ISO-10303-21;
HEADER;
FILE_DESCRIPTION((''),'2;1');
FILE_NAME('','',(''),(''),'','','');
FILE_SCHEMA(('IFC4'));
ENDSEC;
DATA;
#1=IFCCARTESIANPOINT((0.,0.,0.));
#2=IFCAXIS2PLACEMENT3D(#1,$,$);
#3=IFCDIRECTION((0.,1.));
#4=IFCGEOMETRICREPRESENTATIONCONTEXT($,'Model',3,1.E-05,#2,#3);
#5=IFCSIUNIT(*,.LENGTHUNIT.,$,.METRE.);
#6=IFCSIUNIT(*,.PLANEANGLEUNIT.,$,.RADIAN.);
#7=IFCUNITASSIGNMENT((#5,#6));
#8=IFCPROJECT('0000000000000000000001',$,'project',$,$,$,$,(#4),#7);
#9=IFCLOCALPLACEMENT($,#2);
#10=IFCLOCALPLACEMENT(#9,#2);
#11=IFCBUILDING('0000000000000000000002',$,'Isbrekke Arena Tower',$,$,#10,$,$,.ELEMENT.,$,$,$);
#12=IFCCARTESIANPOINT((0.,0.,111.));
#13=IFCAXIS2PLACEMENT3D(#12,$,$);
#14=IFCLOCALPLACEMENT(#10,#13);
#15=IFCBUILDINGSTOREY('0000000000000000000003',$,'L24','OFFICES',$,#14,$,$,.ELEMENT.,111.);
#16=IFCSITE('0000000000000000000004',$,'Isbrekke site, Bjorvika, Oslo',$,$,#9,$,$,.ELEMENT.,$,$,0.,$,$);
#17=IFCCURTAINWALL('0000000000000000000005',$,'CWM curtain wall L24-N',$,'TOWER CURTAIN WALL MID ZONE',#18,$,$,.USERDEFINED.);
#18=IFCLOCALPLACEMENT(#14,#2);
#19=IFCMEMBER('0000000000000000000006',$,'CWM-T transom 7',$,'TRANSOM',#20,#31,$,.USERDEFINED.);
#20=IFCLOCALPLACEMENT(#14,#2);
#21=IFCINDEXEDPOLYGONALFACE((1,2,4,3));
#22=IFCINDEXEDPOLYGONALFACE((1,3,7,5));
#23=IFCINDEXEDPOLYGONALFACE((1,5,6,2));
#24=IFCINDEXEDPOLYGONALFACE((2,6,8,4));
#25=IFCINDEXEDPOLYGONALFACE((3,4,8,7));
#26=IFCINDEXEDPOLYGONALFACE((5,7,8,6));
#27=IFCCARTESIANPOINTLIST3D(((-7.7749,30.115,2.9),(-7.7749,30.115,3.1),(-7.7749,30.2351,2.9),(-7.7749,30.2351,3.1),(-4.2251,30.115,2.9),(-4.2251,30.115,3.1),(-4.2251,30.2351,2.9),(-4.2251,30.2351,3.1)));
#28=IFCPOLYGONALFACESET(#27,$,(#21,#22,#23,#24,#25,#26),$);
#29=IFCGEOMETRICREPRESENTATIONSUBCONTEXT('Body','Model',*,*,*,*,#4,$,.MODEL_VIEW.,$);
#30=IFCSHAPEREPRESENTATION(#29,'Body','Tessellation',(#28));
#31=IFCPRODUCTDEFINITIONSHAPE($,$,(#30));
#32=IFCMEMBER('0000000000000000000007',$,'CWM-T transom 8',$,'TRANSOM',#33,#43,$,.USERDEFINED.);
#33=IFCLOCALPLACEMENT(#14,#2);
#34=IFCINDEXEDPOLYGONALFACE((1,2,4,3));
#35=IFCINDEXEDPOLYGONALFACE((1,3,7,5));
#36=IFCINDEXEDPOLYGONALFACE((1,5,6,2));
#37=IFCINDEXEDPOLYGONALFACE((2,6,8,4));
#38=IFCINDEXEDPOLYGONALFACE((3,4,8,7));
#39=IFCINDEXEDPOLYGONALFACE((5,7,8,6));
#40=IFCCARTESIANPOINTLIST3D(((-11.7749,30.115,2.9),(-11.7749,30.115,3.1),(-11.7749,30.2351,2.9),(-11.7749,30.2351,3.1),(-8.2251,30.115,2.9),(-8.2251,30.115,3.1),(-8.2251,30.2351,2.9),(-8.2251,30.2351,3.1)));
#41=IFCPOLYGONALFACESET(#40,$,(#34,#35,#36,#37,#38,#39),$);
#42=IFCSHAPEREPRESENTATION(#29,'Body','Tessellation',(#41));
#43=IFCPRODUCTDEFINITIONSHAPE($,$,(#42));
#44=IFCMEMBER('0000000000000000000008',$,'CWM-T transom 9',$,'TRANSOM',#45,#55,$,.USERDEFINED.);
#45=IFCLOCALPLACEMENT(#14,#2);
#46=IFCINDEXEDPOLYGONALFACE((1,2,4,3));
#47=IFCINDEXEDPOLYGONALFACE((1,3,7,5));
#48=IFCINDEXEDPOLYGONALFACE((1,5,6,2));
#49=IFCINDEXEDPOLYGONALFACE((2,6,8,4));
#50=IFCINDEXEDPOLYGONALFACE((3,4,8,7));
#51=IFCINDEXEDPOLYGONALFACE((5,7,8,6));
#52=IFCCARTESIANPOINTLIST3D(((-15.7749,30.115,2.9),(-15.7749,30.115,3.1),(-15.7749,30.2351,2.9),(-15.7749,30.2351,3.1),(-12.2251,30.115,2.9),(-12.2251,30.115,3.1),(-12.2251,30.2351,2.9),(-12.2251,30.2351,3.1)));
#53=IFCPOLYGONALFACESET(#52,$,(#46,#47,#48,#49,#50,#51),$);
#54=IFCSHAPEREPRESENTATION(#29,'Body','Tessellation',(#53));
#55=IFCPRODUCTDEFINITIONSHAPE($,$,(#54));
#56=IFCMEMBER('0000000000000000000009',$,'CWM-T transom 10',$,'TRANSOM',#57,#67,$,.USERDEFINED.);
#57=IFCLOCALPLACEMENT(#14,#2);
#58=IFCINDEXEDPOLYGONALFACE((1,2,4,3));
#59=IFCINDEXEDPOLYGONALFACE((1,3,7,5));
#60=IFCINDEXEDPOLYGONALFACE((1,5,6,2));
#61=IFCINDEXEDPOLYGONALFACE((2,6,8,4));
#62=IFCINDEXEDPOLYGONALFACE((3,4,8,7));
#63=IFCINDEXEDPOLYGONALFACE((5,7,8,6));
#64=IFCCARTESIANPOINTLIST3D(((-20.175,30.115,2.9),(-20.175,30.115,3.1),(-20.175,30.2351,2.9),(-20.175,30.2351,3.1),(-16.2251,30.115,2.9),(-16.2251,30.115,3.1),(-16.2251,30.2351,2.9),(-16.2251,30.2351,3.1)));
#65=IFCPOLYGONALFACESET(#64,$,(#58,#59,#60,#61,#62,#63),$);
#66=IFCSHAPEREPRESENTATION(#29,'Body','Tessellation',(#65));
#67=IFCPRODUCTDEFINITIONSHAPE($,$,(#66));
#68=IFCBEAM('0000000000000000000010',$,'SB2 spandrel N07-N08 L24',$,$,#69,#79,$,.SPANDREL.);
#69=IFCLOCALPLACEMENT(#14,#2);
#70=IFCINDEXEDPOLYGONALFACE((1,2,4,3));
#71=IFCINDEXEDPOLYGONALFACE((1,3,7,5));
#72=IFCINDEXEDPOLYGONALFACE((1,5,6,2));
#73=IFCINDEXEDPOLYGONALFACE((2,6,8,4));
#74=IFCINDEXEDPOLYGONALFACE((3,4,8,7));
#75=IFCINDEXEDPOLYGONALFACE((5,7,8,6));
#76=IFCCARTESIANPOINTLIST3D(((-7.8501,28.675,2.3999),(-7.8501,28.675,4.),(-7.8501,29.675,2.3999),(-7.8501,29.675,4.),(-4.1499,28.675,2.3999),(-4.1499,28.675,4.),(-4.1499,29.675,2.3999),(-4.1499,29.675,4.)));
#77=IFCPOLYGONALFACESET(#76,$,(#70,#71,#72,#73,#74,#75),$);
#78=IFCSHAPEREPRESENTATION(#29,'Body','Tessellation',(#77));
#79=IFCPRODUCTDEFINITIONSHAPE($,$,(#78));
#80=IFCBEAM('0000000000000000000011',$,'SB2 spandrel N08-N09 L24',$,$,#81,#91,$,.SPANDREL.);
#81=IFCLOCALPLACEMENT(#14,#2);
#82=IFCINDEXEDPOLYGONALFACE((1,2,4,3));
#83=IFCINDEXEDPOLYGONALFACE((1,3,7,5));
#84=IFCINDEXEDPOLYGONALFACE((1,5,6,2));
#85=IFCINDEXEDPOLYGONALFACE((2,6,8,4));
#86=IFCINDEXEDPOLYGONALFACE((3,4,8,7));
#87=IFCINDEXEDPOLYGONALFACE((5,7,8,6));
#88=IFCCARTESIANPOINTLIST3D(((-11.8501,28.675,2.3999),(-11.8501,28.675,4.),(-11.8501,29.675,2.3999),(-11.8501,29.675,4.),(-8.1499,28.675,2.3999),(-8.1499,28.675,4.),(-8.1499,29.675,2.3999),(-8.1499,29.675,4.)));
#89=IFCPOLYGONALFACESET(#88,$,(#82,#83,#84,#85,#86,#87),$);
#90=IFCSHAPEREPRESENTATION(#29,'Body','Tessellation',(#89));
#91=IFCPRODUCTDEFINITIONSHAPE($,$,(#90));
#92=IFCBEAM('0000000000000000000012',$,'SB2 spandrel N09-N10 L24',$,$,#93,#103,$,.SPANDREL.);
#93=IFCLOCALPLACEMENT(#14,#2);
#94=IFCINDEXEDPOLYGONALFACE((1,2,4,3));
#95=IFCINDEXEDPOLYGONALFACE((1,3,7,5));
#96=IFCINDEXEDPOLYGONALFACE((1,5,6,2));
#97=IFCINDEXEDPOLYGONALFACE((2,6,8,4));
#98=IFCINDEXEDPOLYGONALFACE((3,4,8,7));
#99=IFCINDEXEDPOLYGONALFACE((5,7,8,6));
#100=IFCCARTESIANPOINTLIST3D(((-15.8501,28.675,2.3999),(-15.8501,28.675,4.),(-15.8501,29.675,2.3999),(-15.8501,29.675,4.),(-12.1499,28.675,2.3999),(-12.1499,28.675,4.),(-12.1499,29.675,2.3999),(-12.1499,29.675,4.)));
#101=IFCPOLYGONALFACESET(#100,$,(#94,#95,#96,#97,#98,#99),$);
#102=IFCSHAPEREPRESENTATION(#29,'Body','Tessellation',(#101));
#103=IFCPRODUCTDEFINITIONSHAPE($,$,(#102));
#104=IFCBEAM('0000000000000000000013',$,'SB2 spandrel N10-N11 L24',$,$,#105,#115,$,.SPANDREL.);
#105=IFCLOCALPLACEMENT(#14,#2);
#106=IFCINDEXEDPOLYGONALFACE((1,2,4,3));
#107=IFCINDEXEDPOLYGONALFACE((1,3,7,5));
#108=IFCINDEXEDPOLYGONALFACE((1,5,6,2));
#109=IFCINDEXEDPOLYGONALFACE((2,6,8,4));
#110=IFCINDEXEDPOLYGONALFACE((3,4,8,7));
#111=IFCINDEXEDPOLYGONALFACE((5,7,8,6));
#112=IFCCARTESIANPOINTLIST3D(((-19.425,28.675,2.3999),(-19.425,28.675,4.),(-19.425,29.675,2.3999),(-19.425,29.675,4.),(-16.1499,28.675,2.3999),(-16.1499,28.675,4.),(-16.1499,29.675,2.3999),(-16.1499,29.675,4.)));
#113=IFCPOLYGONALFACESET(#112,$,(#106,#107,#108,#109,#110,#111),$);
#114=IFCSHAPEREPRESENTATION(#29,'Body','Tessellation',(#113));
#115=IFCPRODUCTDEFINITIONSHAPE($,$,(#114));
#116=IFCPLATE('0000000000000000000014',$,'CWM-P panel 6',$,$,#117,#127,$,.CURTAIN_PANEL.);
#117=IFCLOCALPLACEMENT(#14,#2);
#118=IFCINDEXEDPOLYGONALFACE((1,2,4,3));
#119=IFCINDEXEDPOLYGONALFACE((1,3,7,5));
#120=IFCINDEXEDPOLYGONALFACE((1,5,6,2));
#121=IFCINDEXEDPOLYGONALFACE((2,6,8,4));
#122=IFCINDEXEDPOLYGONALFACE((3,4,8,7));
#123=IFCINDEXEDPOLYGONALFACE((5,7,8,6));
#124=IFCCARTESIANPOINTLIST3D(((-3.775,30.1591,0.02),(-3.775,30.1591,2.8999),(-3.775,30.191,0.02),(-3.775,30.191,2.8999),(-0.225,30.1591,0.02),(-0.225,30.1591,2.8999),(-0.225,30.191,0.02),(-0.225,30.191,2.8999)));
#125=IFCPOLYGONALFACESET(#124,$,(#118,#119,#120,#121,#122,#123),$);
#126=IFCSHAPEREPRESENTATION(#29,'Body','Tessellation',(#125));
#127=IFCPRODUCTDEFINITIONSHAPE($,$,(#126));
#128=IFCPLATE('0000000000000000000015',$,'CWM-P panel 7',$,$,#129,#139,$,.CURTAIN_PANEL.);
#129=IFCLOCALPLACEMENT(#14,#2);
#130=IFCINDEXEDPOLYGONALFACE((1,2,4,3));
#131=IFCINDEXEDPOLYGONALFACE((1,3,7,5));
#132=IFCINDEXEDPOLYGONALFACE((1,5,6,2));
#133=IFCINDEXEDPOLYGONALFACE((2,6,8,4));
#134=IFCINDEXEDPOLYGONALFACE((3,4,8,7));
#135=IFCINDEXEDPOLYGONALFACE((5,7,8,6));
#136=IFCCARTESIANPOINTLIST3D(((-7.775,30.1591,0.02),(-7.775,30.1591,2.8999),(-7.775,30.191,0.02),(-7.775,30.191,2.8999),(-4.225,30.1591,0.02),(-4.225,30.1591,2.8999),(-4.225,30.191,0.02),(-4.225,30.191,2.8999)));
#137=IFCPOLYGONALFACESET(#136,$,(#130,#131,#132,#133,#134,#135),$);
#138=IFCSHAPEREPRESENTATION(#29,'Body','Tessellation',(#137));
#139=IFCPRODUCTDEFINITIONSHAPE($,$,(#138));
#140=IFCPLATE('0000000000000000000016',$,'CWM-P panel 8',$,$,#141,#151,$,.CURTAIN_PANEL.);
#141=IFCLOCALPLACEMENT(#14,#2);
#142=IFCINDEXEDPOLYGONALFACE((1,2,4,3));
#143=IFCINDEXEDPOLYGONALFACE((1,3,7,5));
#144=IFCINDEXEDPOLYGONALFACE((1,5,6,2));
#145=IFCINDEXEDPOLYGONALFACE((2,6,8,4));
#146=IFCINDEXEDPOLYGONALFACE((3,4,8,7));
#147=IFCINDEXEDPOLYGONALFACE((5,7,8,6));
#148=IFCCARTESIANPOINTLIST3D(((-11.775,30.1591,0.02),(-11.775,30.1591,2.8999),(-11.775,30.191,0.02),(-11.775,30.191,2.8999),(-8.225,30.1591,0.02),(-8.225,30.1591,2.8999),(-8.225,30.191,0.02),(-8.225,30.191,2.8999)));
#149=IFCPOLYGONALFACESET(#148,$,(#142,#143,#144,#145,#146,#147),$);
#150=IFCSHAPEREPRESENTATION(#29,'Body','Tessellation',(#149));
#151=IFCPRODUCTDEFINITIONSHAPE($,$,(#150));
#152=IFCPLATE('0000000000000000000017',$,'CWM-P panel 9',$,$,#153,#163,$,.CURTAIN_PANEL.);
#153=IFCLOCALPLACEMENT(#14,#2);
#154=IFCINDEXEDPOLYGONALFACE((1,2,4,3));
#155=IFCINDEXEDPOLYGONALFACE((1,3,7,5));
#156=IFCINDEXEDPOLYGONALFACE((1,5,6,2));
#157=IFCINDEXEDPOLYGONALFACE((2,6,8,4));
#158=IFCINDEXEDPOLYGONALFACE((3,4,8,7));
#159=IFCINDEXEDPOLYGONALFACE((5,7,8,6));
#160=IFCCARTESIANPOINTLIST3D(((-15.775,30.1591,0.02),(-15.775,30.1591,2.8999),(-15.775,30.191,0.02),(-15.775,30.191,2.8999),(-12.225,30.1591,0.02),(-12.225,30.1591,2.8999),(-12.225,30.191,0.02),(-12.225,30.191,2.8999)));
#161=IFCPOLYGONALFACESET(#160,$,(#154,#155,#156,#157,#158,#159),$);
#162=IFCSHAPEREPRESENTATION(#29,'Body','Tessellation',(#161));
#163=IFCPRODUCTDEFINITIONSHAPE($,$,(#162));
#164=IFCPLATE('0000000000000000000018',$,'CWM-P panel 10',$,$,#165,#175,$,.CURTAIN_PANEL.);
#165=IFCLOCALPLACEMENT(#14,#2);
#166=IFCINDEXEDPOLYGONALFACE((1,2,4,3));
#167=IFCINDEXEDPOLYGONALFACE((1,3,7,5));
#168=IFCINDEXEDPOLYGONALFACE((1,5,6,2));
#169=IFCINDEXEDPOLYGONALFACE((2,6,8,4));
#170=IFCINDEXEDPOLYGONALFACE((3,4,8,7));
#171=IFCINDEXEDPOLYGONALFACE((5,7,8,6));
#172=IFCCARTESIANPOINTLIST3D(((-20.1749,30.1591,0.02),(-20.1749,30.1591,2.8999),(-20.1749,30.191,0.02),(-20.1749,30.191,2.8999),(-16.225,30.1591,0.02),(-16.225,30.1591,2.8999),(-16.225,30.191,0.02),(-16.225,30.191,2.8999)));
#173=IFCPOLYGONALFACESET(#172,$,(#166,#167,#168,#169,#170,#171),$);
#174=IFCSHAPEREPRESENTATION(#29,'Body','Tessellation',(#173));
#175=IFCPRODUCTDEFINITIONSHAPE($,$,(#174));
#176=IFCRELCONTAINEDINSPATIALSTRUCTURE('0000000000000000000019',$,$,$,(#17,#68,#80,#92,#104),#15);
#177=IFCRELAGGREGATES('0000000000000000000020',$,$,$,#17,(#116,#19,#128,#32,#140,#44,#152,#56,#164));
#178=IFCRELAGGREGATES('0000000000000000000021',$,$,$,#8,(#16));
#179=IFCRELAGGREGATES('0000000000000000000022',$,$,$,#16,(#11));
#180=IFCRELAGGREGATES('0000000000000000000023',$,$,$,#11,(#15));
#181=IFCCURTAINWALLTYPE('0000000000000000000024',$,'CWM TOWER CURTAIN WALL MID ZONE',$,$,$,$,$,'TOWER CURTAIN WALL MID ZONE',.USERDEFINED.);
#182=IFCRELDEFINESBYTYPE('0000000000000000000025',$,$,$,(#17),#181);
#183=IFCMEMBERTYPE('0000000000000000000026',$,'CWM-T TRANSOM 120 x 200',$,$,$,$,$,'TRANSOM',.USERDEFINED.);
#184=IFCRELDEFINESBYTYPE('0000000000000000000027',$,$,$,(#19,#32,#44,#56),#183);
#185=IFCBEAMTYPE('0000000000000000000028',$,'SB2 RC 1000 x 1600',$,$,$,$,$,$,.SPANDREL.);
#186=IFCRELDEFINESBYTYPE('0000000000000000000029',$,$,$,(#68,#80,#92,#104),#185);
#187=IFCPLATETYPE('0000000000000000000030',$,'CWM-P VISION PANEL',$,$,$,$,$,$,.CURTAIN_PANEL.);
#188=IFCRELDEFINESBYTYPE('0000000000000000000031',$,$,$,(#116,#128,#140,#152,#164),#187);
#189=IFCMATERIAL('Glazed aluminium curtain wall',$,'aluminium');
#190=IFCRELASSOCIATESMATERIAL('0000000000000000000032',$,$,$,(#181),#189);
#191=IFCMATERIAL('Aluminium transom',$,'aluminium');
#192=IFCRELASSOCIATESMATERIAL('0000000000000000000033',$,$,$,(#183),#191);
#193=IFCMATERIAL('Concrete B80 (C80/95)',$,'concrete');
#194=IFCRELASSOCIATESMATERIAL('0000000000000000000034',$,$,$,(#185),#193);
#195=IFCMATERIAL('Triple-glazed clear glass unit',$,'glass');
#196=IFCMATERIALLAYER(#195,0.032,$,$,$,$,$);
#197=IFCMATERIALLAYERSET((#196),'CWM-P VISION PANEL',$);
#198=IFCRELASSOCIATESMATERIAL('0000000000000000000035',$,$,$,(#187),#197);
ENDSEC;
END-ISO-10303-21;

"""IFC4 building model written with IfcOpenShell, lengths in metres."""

from ifc_helpers import new_model, si_unit, direction, frame, origin, origin_2d, place, context, subcontext, project, spatial, rectangle, extrude, material, layer, layer_set, material_profile, profile_set, type_object, element, aggregate, save


model = new_model("IFC4")

# Units and contexts
model_context = context("Model", 3, precision=1e-05, world=origin(), true_north=direction((0.0, 1.0)))
body_context = subcontext(model_context, "Body", "Model", "MODEL_VIEW")
ifc_project = project(units=[si_unit("LENGTHUNIT", "METRE"), si_unit("PLANEANGLEUNIT", "RADIAN")], contexts=[model_context])

# Site, building, storey
site_placement = place(None, origin())
site = spatial("IfcSite", under=ifc_project, at=site_placement, Name="Isbrekke site, Bjorvika, Oslo", CompositionType="ELEMENT", RefElevation=0.0)
building_placement = place(site_placement, origin())
building = spatial("IfcBuilding", under=site, at=building_placement, Name="Isbrekke Arena Tower", CompositionType="ELEMENT")
storey_placement = place(building_placement, frame((0.0, 0.0, 111.0)))
storey = spatial("IfcBuildingStorey", under=building, at=storey_placement, Name="L24", Description="OFFICES", CompositionType="ELEMENT", Elevation=111.0)

# Curtain wall, members
ifc_material_1 = material(Name="Glazed aluminium curtain wall", Category="aluminium")
curtain_wall_type = type_object("IfcCurtainWallType", Name="CWM TOWER CURTAIN WALL MID ZONE", ElementType="TOWER CURTAIN WALL MID ZONE", PredefinedType="USERDEFINED", material=ifc_material_1)
curtain_wall_placement = place(storey_placement, origin())
curtain_wall = element("IfcCurtainWall", 1, at=curtain_wall_placement, inside=storey, type_object=curtain_wall_type, Name="CWM curtain wall L24-N", ObjectType="TOWER CURTAIN WALL MID ZONE", PredefinedType="USERDEFINED")
ifc_material_2 = material(Name="Aluminium transom", Category="aluminium")
ifc_material_profile_1 = material_profile(ifc_material_2, rectangle(XDim=0.1201, YDim=0.2, at=origin_2d()), Name="TRANSOM 120X200")
ifc_profile_set_1 = profile_set([ifc_material_profile_1], Name="Aluminium transom")
member_type_1 = type_object("IfcMemberType", Name="CWM-T TRANSOM 120 x 200", ElementType="TRANSOM", PredefinedType="USERDEFINED", material=ifc_profile_set_1)
member_1_placement = place(storey_placement, frame((-4.2251, 30.175, 3.0), z_axis=(-1.0, 0.0, 0.0), x_axis=(0.0, -1.0, 0.0)))
member_1 = element("IfcMember", 2, at=member_1_placement, type_object=member_type_1, Name="CWM-T transom 7", ObjectType="TRANSOM", PredefinedType="USERDEFINED", context=body_context, shape_type="SweptSolid", body=[
    extrude(rectangle(XDim=0.1201, YDim=0.2, at=origin_2d()), origin(), (0.0, 0.0, 1.0), 3.5498),
])
member_2_placement = place(storey_placement, frame((-8.2251, 30.175, 3.0), z_axis=(-1.0, 0.0, 0.0), x_axis=(0.0, -1.0, 0.0)))
member_2 = element("IfcMember", 3, at=member_2_placement, type_object=member_type_1, Name="CWM-T transom 8", ObjectType="TRANSOM", PredefinedType="USERDEFINED", context=body_context, shape_type="SweptSolid", body=[
    extrude(rectangle(XDim=0.1201, YDim=0.2, at=origin_2d()), origin(), (0.0, 0.0, 1.0), 3.5498),
])
member_3_placement = place(storey_placement, frame((-12.2251, 30.175, 3.0), z_axis=(-1.0, 0.0, 0.0), x_axis=(0.0, -1.0, 0.0)))
member_3 = element("IfcMember", 4, at=member_3_placement, type_object=member_type_1, Name="CWM-T transom 9", ObjectType="TRANSOM", PredefinedType="USERDEFINED", context=body_context, shape_type="SweptSolid", body=[
    extrude(rectangle(XDim=0.1201, YDim=0.2, at=origin_2d()), origin(), (0.0, 0.0, 1.0), 3.5498),
])
member_4_placement = place(storey_placement, frame((-16.2251, 30.175, 3.0), z_axis=(-1.0, 0.0, 0.0), x_axis=(0.0, -1.0, 0.0)))
member_4 = element("IfcMember", 5, at=member_4_placement, type_object=member_type_1, Name="CWM-T transom 10", ObjectType="TRANSOM", PredefinedType="USERDEFINED", context=body_context, shape_type="SweptSolid", body=[
    extrude(rectangle(XDim=0.1201, YDim=0.2, at=origin_2d()), origin(), (0.0, 0.0, 1.0), 3.95),
])

# Beams
ifc_material_3 = material(Name="Concrete B80 (C80/95)", Category="concrete")
ifc_material_profile_2 = material_profile(ifc_material_3, rectangle(XDim=1.0, YDim=1.6001, at=origin_2d()), Name="RC 1000x1600")
ifc_profile_set_2 = profile_set([ifc_material_profile_2], Name="Concrete B80 (C80/95)")
beam_type_1 = type_object("IfcBeamType", Name="SB2 RC 1000 x 1600", PredefinedType="SPANDREL", material=ifc_profile_set_2)
for number, where, z_axis, x_axis, name in (
    (6, (-4.1499, 29.175, 3.2), (-1.0, 0.0, 0.0), (0.0, -1.0, 0.0), "SB2 spandrel N07-N08 L24"),
    (7, (-8.1499, 29.175, 3.2), (-1.0, 0.0, 0.0), (0.0, -1.0, 0.0), "SB2 spandrel N08-N09 L24"),
    (8, (-12.1499, 29.175, 3.2), (-1.0, 0.0, 0.0), (0.0, -1.0, 0.0), "SB2 spandrel N09-N10 L24"),
):
    element("IfcBeam", number, at=place(storey_placement, frame(where, z_axis=z_axis, x_axis=x_axis)), inside=storey, type_object=beam_type_1, Name=name, PredefinedType="SPANDREL", context=body_context, shape_type="SweptSolid", body=[
        extrude(rectangle(XDim=1.0, YDim=1.6001, at=origin_2d()), origin(), (0.0, 0.0, 1.0), 3.7002),
    ])
beam_1_placement = place(storey_placement, frame((-16.1499, 29.175, 3.2), z_axis=(-1.0, 0.0, 0.0), x_axis=(0.0, -1.0, 0.0)))
element("IfcBeam", 9, at=beam_1_placement, inside=storey, type_object=beam_type_1, Name="SB2 spandrel N10-N11 L24", PredefinedType="SPANDREL", context=body_context, shape_type="SweptSolid", body=[
    extrude(rectangle(XDim=1.0, YDim=1.6001, at=origin_2d()), origin(), (0.0, 0.0, 1.0), 3.2751),
])

# Plates
ifc_material_4 = material(Name="Triple-glazed clear glass unit", Category="glass")
ifc_layer = layer(ifc_material_4, 0.032)
ifc_layer_set = layer_set([ifc_layer], Name="CWM-P VISION PANEL")
plate_type = type_object("IfcPlateType", Name="CWM-P VISION PANEL", PredefinedType="CURTAIN_PANEL", material=ifc_layer_set)
plate_1_placement = place(storey_placement, frame((-2.0, 30.175, 0.02), z_axis=(0.0, 0.0, 1.0), x_axis=(-1.0, 0.0, 0.0)))
plate_1 = element("IfcPlate", 10, at=plate_1_placement, type_object=plate_type, Name="CWM-P panel 6", PredefinedType="CURTAIN_PANEL", context=body_context, shape_type="SweptSolid", body=[
    extrude(rectangle(XDim=3.55, YDim=0.032, at=origin_2d()), origin(), (0.0, 0.0, 1.0), 2.8799),
])
plate_2_placement = place(storey_placement, frame((-6.0, 30.175, 0.02), z_axis=(0.0, 0.0, 1.0), x_axis=(-1.0, 0.0, 0.0)))
plate_2 = element("IfcPlate", 11, at=plate_2_placement, type_object=plate_type, Name="CWM-P panel 7", PredefinedType="CURTAIN_PANEL", context=body_context, shape_type="SweptSolid", body=[
    extrude(rectangle(XDim=3.55, YDim=0.032, at=origin_2d()), origin(), (0.0, 0.0, 1.0), 2.8799),
])
plate_3_placement = place(storey_placement, frame((-10.0, 30.175, 0.02), z_axis=(0.0, 0.0, 1.0), x_axis=(-1.0, 0.0, 0.0)))
plate_3 = element("IfcPlate", 12, at=plate_3_placement, type_object=plate_type, Name="CWM-P panel 8", PredefinedType="CURTAIN_PANEL", context=body_context, shape_type="SweptSolid", body=[
    extrude(rectangle(XDim=3.55, YDim=0.032, at=origin_2d()), origin(), (0.0, 0.0, 1.0), 2.8799),
])
plate_4_placement = place(storey_placement, frame((-14.0, 30.175, 0.02), z_axis=(0.0, 0.0, 1.0), x_axis=(-1.0, 0.0, 0.0)))
plate_4 = element("IfcPlate", 13, at=plate_4_placement, type_object=plate_type, Name="CWM-P panel 9", PredefinedType="CURTAIN_PANEL", context=body_context, shape_type="SweptSolid", body=[
    extrude(rectangle(XDim=3.55, YDim=0.032, at=origin_2d()), origin(), (0.0, 0.0, 1.0), 2.8799),
])
plate_5_placement = place(storey_placement, frame((-18.2, 30.175, 0.02), z_axis=(0.0, 0.0, 1.0), x_axis=(-1.0, 0.0, 0.0)))
plate_5 = element("IfcPlate", 14, at=plate_5_placement, type_object=plate_type, Name="CWM-P panel 10", PredefinedType="CURTAIN_PANEL", context=body_context, shape_type="SweptSolid", body=[
    extrude(rectangle(XDim=3.95, YDim=0.032, at=origin_2d()), origin(), (0.0, 0.0, 1.0), 2.8799),
])
aggregate(curtain_wall, [plate_1, member_1, plate_2, member_2, plate_3, member_3, plate_4, member_4, plate_5])

save(model, "model.ifc")
